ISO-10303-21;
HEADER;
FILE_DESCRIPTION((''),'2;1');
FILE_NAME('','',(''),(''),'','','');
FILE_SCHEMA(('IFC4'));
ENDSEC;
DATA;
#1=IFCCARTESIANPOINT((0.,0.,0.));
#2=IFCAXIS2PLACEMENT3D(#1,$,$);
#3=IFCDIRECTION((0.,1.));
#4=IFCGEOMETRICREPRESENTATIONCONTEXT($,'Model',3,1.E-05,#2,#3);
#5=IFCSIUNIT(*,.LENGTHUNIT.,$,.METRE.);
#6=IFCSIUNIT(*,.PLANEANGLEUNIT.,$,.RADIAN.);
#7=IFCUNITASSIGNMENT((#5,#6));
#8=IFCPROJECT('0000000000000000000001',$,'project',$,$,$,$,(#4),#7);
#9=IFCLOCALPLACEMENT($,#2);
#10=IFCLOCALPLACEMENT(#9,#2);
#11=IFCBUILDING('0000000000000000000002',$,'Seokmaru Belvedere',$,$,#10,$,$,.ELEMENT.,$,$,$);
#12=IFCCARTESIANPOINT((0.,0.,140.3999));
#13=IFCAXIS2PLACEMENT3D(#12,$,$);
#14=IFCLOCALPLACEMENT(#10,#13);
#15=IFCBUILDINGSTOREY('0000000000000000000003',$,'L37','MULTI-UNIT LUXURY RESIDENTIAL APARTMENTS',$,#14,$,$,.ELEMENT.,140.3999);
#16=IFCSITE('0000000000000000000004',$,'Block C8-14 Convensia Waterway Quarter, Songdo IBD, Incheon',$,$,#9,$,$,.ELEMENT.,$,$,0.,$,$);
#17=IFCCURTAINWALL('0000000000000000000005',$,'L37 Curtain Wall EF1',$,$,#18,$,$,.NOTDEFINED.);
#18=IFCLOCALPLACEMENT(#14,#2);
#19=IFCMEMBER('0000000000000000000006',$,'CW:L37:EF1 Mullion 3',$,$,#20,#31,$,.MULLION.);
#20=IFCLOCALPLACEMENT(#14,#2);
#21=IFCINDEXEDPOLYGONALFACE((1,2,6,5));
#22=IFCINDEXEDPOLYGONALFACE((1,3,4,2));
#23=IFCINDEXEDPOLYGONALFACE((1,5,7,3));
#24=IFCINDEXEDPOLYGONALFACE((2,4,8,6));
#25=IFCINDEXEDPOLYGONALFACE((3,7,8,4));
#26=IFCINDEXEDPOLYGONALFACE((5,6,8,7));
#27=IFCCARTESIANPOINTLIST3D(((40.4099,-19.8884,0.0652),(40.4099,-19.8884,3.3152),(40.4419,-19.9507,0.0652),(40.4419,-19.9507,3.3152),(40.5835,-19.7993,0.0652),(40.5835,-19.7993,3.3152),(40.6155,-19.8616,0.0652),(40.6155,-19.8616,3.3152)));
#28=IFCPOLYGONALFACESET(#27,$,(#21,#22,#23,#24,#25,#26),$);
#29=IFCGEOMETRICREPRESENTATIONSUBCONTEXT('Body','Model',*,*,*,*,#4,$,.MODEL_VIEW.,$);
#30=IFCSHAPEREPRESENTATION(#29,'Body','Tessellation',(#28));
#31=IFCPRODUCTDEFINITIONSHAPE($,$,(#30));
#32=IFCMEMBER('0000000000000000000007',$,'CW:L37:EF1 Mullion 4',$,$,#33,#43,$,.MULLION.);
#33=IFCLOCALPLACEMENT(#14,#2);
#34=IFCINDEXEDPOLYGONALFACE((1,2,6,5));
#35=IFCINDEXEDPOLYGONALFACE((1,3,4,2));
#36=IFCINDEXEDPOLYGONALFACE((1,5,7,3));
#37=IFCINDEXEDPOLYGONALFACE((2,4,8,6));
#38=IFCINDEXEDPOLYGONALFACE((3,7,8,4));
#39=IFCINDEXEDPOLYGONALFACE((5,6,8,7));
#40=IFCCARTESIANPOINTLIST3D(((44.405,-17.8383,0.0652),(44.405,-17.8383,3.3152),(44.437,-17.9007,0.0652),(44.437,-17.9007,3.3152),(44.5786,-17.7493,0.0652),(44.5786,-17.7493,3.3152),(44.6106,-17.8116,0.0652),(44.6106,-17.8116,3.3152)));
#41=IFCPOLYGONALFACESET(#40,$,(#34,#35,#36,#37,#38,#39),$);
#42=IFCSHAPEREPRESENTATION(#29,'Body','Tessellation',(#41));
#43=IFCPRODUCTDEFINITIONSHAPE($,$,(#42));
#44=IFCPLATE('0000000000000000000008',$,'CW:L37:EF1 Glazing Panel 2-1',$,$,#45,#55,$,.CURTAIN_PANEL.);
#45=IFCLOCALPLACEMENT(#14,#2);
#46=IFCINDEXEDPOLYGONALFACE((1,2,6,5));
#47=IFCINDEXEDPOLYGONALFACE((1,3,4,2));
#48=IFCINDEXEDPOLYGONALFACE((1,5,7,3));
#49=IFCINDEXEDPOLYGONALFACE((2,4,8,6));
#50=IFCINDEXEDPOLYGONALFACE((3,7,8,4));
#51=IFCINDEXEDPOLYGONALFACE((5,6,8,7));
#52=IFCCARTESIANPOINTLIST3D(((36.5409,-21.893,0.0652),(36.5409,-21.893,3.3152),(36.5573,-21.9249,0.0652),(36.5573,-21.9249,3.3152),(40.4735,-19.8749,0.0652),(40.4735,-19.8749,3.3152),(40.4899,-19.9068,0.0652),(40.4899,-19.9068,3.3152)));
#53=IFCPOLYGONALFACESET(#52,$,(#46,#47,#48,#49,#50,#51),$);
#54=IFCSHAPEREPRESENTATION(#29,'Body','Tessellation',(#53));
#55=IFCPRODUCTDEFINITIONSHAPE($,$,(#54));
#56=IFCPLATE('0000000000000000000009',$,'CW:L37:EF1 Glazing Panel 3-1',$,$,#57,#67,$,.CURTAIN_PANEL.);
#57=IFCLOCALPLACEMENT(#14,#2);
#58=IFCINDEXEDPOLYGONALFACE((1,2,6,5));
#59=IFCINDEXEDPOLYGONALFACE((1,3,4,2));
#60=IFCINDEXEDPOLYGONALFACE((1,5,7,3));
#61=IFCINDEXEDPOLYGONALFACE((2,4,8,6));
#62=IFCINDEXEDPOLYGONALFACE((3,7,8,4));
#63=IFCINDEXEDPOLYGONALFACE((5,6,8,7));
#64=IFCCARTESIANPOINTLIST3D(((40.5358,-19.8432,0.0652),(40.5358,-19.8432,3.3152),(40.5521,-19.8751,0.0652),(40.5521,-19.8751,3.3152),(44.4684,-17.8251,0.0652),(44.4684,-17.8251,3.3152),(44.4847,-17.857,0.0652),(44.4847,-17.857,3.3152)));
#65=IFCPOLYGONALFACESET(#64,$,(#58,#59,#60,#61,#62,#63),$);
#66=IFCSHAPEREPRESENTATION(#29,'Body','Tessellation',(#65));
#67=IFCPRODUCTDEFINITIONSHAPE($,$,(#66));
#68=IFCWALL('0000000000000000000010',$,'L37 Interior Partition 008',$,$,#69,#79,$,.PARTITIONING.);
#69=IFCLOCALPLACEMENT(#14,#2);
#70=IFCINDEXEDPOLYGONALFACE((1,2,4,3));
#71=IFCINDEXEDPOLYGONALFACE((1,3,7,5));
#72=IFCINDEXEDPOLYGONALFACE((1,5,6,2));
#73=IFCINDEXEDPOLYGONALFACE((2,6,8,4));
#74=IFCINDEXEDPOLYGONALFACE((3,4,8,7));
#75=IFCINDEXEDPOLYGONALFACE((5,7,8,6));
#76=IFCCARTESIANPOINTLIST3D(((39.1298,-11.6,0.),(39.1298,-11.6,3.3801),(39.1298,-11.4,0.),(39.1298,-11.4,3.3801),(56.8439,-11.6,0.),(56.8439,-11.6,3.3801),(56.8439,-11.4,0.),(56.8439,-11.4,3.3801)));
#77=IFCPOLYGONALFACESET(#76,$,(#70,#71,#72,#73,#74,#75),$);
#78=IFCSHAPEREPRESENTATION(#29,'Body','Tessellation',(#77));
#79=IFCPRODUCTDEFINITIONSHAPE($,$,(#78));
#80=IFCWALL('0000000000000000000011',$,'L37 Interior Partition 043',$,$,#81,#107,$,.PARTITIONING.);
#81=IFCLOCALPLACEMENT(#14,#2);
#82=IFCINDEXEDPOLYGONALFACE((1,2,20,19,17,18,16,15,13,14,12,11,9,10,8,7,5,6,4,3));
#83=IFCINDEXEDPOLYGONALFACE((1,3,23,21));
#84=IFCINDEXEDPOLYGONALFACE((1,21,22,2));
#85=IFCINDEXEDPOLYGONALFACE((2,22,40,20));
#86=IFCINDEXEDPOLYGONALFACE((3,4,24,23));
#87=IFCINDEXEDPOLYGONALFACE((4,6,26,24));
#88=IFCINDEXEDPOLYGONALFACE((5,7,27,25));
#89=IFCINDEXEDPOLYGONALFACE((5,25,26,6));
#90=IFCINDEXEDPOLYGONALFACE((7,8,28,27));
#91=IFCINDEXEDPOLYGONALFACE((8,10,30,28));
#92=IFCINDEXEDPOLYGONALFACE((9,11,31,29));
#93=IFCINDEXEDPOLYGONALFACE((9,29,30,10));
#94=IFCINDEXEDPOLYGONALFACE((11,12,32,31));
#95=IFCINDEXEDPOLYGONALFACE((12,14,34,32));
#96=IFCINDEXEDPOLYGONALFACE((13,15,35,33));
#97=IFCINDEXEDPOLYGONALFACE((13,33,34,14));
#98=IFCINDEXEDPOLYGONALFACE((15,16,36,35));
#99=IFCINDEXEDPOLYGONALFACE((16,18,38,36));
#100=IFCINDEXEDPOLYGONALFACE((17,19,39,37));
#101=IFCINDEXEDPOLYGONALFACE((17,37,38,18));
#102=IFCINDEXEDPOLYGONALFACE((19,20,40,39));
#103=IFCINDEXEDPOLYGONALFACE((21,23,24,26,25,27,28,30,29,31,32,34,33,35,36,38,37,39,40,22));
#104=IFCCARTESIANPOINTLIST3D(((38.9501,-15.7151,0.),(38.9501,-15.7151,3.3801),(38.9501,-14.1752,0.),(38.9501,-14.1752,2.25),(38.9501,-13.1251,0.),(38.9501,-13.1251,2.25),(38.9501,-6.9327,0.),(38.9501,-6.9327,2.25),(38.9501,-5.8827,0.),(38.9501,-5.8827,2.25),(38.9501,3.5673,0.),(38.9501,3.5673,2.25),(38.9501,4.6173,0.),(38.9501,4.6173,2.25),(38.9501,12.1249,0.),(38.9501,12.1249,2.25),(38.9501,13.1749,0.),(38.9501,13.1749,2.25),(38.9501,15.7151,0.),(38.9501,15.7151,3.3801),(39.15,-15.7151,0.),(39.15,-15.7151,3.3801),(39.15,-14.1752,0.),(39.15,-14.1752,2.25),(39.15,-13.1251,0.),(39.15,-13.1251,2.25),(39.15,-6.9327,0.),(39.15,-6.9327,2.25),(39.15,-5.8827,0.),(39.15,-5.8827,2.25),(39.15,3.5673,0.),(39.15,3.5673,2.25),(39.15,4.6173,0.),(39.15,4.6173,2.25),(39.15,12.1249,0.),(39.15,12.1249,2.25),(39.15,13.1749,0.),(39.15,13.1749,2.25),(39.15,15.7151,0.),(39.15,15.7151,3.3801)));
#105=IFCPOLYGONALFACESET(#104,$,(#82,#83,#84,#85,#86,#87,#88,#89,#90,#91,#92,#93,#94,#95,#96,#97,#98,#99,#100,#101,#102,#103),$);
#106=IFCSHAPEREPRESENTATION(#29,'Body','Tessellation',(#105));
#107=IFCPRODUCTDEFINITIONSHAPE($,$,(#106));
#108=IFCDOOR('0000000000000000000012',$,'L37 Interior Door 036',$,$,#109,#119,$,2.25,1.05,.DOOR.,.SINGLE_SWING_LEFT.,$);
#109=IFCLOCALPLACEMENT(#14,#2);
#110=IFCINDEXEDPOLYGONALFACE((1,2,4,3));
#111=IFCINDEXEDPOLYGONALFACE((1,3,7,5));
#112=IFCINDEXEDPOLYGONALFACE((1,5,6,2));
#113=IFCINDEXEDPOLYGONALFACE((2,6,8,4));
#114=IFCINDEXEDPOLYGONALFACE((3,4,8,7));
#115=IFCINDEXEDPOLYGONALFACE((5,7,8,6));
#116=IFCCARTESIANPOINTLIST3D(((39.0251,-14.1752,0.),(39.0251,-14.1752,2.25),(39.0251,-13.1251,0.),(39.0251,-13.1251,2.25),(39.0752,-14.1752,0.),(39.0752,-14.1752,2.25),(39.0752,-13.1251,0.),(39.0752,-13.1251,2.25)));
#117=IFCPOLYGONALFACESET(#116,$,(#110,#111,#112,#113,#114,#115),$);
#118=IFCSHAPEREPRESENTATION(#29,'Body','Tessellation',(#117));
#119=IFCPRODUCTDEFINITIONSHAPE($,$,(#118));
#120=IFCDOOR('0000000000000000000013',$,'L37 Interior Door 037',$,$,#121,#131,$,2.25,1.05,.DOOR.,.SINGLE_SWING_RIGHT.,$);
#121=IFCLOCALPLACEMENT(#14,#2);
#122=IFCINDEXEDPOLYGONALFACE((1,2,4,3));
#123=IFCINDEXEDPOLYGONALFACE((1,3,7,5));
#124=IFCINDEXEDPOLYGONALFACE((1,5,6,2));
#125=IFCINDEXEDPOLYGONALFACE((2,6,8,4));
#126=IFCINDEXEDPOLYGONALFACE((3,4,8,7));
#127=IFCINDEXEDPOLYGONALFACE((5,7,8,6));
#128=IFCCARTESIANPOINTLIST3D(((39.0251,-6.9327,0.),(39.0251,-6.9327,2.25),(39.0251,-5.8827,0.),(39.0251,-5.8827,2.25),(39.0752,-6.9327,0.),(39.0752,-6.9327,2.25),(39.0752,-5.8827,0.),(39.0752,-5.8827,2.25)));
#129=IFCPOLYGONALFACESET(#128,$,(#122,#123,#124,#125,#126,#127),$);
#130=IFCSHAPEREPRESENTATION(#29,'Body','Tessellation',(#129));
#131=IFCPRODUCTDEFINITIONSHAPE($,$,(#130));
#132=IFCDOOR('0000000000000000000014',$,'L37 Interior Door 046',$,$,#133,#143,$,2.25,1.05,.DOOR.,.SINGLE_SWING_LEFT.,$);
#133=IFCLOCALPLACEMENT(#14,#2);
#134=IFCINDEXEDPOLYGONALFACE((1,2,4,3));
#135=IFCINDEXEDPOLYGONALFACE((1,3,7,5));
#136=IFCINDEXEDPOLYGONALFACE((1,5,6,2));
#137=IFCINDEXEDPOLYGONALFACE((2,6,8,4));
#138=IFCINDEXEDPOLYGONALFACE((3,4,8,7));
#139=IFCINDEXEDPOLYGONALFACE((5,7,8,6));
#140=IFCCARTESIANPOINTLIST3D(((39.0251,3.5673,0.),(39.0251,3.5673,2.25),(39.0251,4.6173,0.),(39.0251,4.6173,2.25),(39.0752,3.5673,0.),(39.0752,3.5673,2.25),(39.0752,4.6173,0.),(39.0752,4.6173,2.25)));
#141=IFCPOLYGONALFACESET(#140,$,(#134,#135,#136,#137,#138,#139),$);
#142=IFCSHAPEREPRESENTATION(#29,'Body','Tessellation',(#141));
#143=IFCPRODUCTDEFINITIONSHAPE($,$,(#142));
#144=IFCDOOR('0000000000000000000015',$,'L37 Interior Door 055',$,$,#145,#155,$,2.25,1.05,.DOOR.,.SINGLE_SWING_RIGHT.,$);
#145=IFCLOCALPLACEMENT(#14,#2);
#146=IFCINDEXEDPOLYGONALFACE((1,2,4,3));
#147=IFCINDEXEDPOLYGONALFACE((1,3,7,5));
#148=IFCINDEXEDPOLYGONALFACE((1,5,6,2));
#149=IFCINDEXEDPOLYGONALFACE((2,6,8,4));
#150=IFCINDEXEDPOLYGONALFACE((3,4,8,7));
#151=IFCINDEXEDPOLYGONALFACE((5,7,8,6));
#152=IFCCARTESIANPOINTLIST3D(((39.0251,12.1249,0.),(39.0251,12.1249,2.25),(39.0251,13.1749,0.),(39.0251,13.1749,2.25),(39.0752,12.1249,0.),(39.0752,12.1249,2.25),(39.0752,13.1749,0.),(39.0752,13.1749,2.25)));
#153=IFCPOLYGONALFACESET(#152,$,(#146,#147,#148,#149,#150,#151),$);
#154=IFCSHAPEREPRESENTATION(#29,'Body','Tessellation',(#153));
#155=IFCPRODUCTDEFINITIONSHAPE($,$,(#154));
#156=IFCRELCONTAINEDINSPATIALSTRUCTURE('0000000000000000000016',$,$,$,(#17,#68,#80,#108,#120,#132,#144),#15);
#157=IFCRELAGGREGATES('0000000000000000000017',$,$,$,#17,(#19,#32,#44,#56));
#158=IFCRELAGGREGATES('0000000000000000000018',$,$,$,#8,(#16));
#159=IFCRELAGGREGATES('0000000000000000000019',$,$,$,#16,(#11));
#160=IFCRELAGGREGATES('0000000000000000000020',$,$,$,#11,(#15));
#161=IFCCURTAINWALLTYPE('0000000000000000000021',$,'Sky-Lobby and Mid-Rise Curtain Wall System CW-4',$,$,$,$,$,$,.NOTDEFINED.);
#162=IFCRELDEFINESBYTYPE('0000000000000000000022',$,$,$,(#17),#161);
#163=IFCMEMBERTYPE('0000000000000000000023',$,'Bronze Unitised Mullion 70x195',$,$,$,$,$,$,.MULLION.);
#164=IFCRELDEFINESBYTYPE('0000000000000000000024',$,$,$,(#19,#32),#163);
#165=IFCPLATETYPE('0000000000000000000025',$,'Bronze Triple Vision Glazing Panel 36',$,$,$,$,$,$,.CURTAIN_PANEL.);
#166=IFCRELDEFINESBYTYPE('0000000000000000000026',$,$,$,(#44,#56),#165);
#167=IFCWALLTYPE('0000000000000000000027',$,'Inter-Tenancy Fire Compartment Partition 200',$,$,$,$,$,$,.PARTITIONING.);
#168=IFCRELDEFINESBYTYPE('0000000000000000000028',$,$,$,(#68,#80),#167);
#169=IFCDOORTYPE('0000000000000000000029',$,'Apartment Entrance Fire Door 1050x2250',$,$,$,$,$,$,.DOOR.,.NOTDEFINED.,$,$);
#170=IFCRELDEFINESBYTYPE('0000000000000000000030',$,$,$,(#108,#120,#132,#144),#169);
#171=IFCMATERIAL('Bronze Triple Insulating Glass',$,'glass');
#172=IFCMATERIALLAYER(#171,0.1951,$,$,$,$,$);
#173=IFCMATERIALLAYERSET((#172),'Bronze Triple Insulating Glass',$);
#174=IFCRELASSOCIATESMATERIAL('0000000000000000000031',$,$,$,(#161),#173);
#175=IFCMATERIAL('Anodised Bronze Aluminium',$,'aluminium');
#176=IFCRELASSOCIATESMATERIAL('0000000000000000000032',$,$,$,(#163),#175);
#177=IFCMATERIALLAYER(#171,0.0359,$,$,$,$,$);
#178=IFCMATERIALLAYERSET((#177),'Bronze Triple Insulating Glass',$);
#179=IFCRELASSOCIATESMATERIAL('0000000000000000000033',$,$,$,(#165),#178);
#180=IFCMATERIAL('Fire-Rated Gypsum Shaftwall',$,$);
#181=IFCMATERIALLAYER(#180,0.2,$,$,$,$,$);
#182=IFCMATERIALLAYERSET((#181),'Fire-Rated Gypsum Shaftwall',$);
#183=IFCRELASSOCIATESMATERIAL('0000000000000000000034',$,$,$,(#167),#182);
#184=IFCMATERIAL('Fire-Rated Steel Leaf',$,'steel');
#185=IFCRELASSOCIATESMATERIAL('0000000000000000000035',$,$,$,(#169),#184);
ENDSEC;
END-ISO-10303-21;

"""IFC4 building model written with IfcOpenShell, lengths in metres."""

from ifc_helpers import new_model, si_unit, direction, frame, frame_2d, origin, origin_2d, place, context, subcontext, project, spatial, rectangle, extrude, source, transform, mapped, material, layer, layer_set, material_profile, profile_set, type_object, type_shapes, element, fill, aggregate, save


model = new_model("IFC4")

# Units and contexts
model_context = context("Model", 3, precision=1e-05, world=origin(), true_north=direction((0.0, 1.0)))
body_context = subcontext(model_context, "Body", "Model", "MODEL_VIEW")
ifc_project = project(units=[si_unit("LENGTHUNIT", "METRE"), si_unit("PLANEANGLEUNIT", "RADIAN")], contexts=[model_context])

# Site, building, storey
site_placement = place(None, origin())
site = spatial("IfcSite", under=ifc_project, at=site_placement, Name="Block C8-14 Convensia Waterway Quarter, Songdo IBD, Incheon", CompositionType="ELEMENT", RefElevation=0.0)
building_placement = place(site_placement, origin())
building = spatial("IfcBuilding", under=site, at=building_placement, Name="Seokmaru Belvedere", CompositionType="ELEMENT")
storey_placement = place(building_placement, frame((0.0, 0.0, 140.3999)))
storey = spatial("IfcBuildingStorey", under=building, at=storey_placement, Name="L37", Description="MULTI-UNIT LUXURY RESIDENTIAL APARTMENTS", CompositionType="ELEMENT", Elevation=140.3999)

# Curtain wall, members, plates
ifc_material_1 = material(Name="Bronze Triple Insulating Glass", Category="glass")
ifc_layer_1 = layer(ifc_material_1, 0.1951)
ifc_layer_set_1 = layer_set([ifc_layer_1], Name="Bronze Triple Insulating Glass")
curtain_wall_type = type_object("IfcCurtainWallType", Name="Sky-Lobby and Mid-Rise Curtain Wall System CW-4", PredefinedType="NOTDEFINED", material=ifc_layer_set_1)
curtain_wall_placement = place(storey_placement, origin())
curtain_wall = element("IfcCurtainWall", 1, at=curtain_wall_placement, inside=storey, type_object=curtain_wall_type, Name="L37 Curtain Wall EF1", PredefinedType="NOTDEFINED")
ifc_material_2 = material(Name="Anodised Bronze Aluminium", Category="aluminium")
ifc_material_profile_1 = material_profile(ifc_material_2, rectangle(XDim=0.0701, YDim=0.1951, at=origin_2d()), Name="CW-M-70x195")
ifc_profile_set_1 = profile_set([ifc_material_profile_1], Name="Anodised Bronze Aluminium")
member_type = type_object("IfcMemberType", Name="Bronze Unitised Mullion 70x195", PredefinedType="MULLION", material=ifc_profile_set_1)
shared_shape_1 = source(origin(), body_context, "Body", "SweptSolid", [
    extrude(rectangle(XDim=0.0701, YDim=0.1951, at=origin_2d()), origin(), (0.0, 0.0, 1.0), 3.25),
])
type_shapes(member_type, [shared_shape_1])
member_1_placement = place(storey_placement, frame((40.5127, -19.875, 0.0652), z_axis=(0.0, 0.0, 1.0), x_axis=(-0.456555, 0.889695, 0.0)))
member_1 = element("IfcMember", 2, at=member_1_placement, type_object=member_type, Name="CW:L37:EF1 Mullion 3", PredefinedType="MULLION", context=body_context, shape_type="MappedRepresentation", body=[
    mapped(shared_shape_1, transform((0.0, 0.0, 0.0), scale=1.0)),
])
member_2_placement = place(storey_placement, frame((44.5078, -17.825, 0.0652), z_axis=(0.0, 0.0, 1.0), x_axis=(-0.456555, 0.889695, 0.0)))
member_2 = element("IfcMember", 3, at=member_2_placement, type_object=member_type, Name="CW:L37:EF1 Mullion 4", PredefinedType="MULLION", context=body_context, shape_type="MappedRepresentation", body=[
    mapped(shared_shape_1, transform((0.0, 0.0, 0.0), scale=1.0)),
])
ifc_layer_2 = layer(ifc_material_1, 0.0359)
ifc_layer_set_2 = layer_set([ifc_layer_2], Name="Bronze Triple Insulating Glass")
plate_type = type_object("IfcPlateType", Name="Bronze Triple Vision Glazing Panel 36", PredefinedType="CURTAIN_PANEL", material=ifc_layer_set_2)
shared_shape_2 = source(origin(), body_context, "Body", "SweptSolid", [
    extrude(rectangle(XDim=4.4202, YDim=0.0359, at=origin_2d()), origin(), (0.0, 0.0, 1.0), 3.25),
])
type_shapes(plate_type, [shared_shape_2])
plate_1_placement = place(storey_placement, frame((38.5154, -20.8999, 0.0652), z_axis=(0.0, 0.0, 1.0), x_axis=(0.889695, 0.456555, 0.0)))
plate_1 = element("IfcPlate", 4, at=plate_1_placement, type_object=plate_type, Name="CW:L37:EF1 Glazing Panel 2-1", PredefinedType="CURTAIN_PANEL", context=body_context, shape_type="MappedRepresentation", body=[
    mapped(shared_shape_2, transform((0.0, 0.0, 0.0), scale=1.0)),
])
plate_2_placement = place(storey_placement, frame((42.5103, -18.8501, 0.0652), z_axis=(0.0, 0.0, 1.0), x_axis=(0.889695, 0.456555, 0.0)))
plate_2 = element("IfcPlate", 5, at=plate_2_placement, type_object=plate_type, Name="CW:L37:EF1 Glazing Panel 3-1", PredefinedType="CURTAIN_PANEL", context=body_context, shape_type="MappedRepresentation", body=[
    mapped(shared_shape_2, transform((0.0, 0.0, 0.0), scale=1.0)),
])
aggregate(curtain_wall, [member_1, member_2, plate_1, plate_2])

# Wall
ifc_material_3 = material(Name="Fire-Rated Gypsum Shaftwall")
ifc_layer_3 = layer(ifc_material_3, 0.2)
ifc_layer_set_3 = layer_set([ifc_layer_3], Name="Fire-Rated Gypsum Shaftwall")
wall_type_1 = type_object("IfcWallType", Name="Inter-Tenancy Fire Compartment Partition 200", PredefinedType="PARTITIONING", material=ifc_layer_set_3)
wall_1_placement = place(storey_placement, frame((39.1299, -11.5, 0.0), z_axis=(0.0, 0.0, 1.0), x_axis=(1.0, 0.0, 0.0)))
element("IfcWall", 6, at=wall_1_placement, inside=storey, type_object=wall_type_1, Name="L37 Interior Partition 008", PredefinedType="PARTITIONING", context=body_context, shape_type="SweptSolid", body=[
    extrude(rectangle(XDim=17.7141, YDim=0.2, at=frame_2d((8.8569, 0.0))), origin(), (0.0, 0.0, 1.0), 3.3801),
])

# Wall, openings, doors
wall_2_placement = place(storey_placement, frame((39.05, -15.7151, 0.0), z_axis=(0.0, 0.0, 1.0), x_axis=(0.0, 1.0, 0.0)))
wall_2 = element("IfcWall", 7, at=wall_2_placement, inside=storey, type_object=wall_type_1, Name="L37 Interior Partition 043", PredefinedType="PARTITIONING", context=body_context, shape_type="SweptSolid", body=[
    extrude(rectangle(XDim=31.4302, YDim=0.2, at=frame_2d((15.7151, 0.0))), origin(), (0.0, 0.0, 1.0), 3.3801),
])
opening_1_placement = place(wall_2_placement, frame((1.54, 0.0, 0.0)))
opening_1 = element("IfcOpeningElement", 8, at=opening_1_placement, cuts=wall_2, PredefinedType="OPENING", context=body_context, shape_type="SweptSolid", body=[
    extrude(rectangle(XDim=1.05, YDim=2.25, at=frame_2d((0.5249, 1.125))), frame((0.0, 0.1099, 0.0), z_axis=(0.0, -1.0, 0.0), x_axis=(1.0, 0.0, 0.0)), (0.0, 0.0, 1.0), 0.22),
])
opening_2_placement = place(wall_2_placement, frame((8.7825, 0.0, 0.0)))
opening_2 = element("IfcOpeningElement", 9, at=opening_2_placement, cuts=wall_2, PredefinedType="OPENING", context=body_context, shape_type="SweptSolid", body=[
    extrude(rectangle(XDim=1.05, YDim=2.25, at=frame_2d((0.5249, 1.125))), frame((0.0, 0.1099, 0.0), z_axis=(0.0, -1.0, 0.0), x_axis=(1.0, 0.0, 0.0)), (0.0, 0.0, 1.0), 0.22),
])
opening_3_placement = place(wall_2_placement, frame((19.2825, 0.0, 0.0)))
opening_3 = element("IfcOpeningElement", 10, at=opening_3_placement, cuts=wall_2, PredefinedType="OPENING", context=body_context, shape_type="SweptSolid", body=[
    extrude(rectangle(XDim=1.05, YDim=2.25, at=frame_2d((0.5249, 1.125))), frame((0.0, 0.1099, 0.0), z_axis=(0.0, -1.0, 0.0), x_axis=(1.0, 0.0, 0.0)), (0.0, 0.0, 1.0), 0.22),
])
opening_4_placement = place(wall_2_placement, frame((27.8401, 0.0, 0.0)))
opening_4 = element("IfcOpeningElement", 11, at=opening_4_placement, cuts=wall_2, PredefinedType="OPENING", context=body_context, shape_type="SweptSolid", body=[
    extrude(rectangle(XDim=1.05, YDim=2.25, at=frame_2d((0.5249, 1.125))), frame((0.0, 0.1099, 0.0), z_axis=(0.0, -1.0, 0.0), x_axis=(1.0, 0.0, 0.0)), (0.0, 0.0, 1.0), 0.22),
])
ifc_material_4 = material(Name="Fire-Rated Steel Leaf", Category="steel")
door_type_1 = type_object("IfcDoorType", Name="Apartment Entrance Fire Door 1050x2250", OperationType="NOTDEFINED", PredefinedType="DOOR", material=ifc_material_4)
shared_shape_3 = source(origin(), body_context, "Body", "SweptSolid", [
    extrude(rectangle(XDim=1.05, YDim=2.25, at=frame_2d((0.5249, 1.125))), frame((0.0, 0.0249, 0.0), z_axis=(0.0, -1.0, 0.0), x_axis=(1.0, 0.0, 0.0)), (0.0, 0.0, 1.0), 0.05),
])
type_shapes(door_type_1, [shared_shape_3])
door_1_placement = place(opening_1_placement, origin())
door_1 = element("IfcDoor", 12, at=door_1_placement, inside=storey, type_object=door_type_1, Name="L37 Interior Door 036", OperationType="SINGLE_SWING_LEFT", OverallHeight=2.25, OverallWidth=1.05, PredefinedType="DOOR", context=body_context, shape_type="MappedRepresentation", body=[
    mapped(shared_shape_3, transform((0.0, 0.0, 0.0), scale=1.0)),
])
fill(opening_1, door_1)
door_2_placement = place(opening_2_placement, origin())
door_2 = element("IfcDoor", 13, at=door_2_placement, inside=storey, type_object=door_type_1, Name="L37 Interior Door 037", OperationType="SINGLE_SWING_RIGHT", OverallHeight=2.25, OverallWidth=1.05, PredefinedType="DOOR", context=body_context, shape_type="MappedRepresentation", body=[
    mapped(shared_shape_3, transform((0.0, 0.0, 0.0), scale=1.0)),
])
fill(opening_2, door_2)
door_3_placement = place(opening_3_placement, origin())
door_3 = element("IfcDoor", 14, at=door_3_placement, inside=storey, type_object=door_type_1, Name="L37 Interior Door 046", OperationType="SINGLE_SWING_LEFT", OverallHeight=2.25, OverallWidth=1.05, PredefinedType="DOOR", context=body_context, shape_type="MappedRepresentation", body=[
    mapped(shared_shape_3, transform((0.0, 0.0, 0.0), scale=1.0)),
])
fill(opening_3, door_3)
door_4_placement = place(opening_4_placement, origin())
door_4 = element("IfcDoor", 15, at=door_4_placement, inside=storey, type_object=door_type_1, Name="L37 Interior Door 055", OperationType="SINGLE_SWING_RIGHT", OverallHeight=2.25, OverallWidth=1.05, PredefinedType="DOOR", context=body_context, shape_type="MappedRepresentation", body=[
    mapped(shared_shape_3, transform((0.0, 0.0, 0.0), scale=1.0)),
])
fill(opening_4, door_4)

save(model, "model.ifc")
